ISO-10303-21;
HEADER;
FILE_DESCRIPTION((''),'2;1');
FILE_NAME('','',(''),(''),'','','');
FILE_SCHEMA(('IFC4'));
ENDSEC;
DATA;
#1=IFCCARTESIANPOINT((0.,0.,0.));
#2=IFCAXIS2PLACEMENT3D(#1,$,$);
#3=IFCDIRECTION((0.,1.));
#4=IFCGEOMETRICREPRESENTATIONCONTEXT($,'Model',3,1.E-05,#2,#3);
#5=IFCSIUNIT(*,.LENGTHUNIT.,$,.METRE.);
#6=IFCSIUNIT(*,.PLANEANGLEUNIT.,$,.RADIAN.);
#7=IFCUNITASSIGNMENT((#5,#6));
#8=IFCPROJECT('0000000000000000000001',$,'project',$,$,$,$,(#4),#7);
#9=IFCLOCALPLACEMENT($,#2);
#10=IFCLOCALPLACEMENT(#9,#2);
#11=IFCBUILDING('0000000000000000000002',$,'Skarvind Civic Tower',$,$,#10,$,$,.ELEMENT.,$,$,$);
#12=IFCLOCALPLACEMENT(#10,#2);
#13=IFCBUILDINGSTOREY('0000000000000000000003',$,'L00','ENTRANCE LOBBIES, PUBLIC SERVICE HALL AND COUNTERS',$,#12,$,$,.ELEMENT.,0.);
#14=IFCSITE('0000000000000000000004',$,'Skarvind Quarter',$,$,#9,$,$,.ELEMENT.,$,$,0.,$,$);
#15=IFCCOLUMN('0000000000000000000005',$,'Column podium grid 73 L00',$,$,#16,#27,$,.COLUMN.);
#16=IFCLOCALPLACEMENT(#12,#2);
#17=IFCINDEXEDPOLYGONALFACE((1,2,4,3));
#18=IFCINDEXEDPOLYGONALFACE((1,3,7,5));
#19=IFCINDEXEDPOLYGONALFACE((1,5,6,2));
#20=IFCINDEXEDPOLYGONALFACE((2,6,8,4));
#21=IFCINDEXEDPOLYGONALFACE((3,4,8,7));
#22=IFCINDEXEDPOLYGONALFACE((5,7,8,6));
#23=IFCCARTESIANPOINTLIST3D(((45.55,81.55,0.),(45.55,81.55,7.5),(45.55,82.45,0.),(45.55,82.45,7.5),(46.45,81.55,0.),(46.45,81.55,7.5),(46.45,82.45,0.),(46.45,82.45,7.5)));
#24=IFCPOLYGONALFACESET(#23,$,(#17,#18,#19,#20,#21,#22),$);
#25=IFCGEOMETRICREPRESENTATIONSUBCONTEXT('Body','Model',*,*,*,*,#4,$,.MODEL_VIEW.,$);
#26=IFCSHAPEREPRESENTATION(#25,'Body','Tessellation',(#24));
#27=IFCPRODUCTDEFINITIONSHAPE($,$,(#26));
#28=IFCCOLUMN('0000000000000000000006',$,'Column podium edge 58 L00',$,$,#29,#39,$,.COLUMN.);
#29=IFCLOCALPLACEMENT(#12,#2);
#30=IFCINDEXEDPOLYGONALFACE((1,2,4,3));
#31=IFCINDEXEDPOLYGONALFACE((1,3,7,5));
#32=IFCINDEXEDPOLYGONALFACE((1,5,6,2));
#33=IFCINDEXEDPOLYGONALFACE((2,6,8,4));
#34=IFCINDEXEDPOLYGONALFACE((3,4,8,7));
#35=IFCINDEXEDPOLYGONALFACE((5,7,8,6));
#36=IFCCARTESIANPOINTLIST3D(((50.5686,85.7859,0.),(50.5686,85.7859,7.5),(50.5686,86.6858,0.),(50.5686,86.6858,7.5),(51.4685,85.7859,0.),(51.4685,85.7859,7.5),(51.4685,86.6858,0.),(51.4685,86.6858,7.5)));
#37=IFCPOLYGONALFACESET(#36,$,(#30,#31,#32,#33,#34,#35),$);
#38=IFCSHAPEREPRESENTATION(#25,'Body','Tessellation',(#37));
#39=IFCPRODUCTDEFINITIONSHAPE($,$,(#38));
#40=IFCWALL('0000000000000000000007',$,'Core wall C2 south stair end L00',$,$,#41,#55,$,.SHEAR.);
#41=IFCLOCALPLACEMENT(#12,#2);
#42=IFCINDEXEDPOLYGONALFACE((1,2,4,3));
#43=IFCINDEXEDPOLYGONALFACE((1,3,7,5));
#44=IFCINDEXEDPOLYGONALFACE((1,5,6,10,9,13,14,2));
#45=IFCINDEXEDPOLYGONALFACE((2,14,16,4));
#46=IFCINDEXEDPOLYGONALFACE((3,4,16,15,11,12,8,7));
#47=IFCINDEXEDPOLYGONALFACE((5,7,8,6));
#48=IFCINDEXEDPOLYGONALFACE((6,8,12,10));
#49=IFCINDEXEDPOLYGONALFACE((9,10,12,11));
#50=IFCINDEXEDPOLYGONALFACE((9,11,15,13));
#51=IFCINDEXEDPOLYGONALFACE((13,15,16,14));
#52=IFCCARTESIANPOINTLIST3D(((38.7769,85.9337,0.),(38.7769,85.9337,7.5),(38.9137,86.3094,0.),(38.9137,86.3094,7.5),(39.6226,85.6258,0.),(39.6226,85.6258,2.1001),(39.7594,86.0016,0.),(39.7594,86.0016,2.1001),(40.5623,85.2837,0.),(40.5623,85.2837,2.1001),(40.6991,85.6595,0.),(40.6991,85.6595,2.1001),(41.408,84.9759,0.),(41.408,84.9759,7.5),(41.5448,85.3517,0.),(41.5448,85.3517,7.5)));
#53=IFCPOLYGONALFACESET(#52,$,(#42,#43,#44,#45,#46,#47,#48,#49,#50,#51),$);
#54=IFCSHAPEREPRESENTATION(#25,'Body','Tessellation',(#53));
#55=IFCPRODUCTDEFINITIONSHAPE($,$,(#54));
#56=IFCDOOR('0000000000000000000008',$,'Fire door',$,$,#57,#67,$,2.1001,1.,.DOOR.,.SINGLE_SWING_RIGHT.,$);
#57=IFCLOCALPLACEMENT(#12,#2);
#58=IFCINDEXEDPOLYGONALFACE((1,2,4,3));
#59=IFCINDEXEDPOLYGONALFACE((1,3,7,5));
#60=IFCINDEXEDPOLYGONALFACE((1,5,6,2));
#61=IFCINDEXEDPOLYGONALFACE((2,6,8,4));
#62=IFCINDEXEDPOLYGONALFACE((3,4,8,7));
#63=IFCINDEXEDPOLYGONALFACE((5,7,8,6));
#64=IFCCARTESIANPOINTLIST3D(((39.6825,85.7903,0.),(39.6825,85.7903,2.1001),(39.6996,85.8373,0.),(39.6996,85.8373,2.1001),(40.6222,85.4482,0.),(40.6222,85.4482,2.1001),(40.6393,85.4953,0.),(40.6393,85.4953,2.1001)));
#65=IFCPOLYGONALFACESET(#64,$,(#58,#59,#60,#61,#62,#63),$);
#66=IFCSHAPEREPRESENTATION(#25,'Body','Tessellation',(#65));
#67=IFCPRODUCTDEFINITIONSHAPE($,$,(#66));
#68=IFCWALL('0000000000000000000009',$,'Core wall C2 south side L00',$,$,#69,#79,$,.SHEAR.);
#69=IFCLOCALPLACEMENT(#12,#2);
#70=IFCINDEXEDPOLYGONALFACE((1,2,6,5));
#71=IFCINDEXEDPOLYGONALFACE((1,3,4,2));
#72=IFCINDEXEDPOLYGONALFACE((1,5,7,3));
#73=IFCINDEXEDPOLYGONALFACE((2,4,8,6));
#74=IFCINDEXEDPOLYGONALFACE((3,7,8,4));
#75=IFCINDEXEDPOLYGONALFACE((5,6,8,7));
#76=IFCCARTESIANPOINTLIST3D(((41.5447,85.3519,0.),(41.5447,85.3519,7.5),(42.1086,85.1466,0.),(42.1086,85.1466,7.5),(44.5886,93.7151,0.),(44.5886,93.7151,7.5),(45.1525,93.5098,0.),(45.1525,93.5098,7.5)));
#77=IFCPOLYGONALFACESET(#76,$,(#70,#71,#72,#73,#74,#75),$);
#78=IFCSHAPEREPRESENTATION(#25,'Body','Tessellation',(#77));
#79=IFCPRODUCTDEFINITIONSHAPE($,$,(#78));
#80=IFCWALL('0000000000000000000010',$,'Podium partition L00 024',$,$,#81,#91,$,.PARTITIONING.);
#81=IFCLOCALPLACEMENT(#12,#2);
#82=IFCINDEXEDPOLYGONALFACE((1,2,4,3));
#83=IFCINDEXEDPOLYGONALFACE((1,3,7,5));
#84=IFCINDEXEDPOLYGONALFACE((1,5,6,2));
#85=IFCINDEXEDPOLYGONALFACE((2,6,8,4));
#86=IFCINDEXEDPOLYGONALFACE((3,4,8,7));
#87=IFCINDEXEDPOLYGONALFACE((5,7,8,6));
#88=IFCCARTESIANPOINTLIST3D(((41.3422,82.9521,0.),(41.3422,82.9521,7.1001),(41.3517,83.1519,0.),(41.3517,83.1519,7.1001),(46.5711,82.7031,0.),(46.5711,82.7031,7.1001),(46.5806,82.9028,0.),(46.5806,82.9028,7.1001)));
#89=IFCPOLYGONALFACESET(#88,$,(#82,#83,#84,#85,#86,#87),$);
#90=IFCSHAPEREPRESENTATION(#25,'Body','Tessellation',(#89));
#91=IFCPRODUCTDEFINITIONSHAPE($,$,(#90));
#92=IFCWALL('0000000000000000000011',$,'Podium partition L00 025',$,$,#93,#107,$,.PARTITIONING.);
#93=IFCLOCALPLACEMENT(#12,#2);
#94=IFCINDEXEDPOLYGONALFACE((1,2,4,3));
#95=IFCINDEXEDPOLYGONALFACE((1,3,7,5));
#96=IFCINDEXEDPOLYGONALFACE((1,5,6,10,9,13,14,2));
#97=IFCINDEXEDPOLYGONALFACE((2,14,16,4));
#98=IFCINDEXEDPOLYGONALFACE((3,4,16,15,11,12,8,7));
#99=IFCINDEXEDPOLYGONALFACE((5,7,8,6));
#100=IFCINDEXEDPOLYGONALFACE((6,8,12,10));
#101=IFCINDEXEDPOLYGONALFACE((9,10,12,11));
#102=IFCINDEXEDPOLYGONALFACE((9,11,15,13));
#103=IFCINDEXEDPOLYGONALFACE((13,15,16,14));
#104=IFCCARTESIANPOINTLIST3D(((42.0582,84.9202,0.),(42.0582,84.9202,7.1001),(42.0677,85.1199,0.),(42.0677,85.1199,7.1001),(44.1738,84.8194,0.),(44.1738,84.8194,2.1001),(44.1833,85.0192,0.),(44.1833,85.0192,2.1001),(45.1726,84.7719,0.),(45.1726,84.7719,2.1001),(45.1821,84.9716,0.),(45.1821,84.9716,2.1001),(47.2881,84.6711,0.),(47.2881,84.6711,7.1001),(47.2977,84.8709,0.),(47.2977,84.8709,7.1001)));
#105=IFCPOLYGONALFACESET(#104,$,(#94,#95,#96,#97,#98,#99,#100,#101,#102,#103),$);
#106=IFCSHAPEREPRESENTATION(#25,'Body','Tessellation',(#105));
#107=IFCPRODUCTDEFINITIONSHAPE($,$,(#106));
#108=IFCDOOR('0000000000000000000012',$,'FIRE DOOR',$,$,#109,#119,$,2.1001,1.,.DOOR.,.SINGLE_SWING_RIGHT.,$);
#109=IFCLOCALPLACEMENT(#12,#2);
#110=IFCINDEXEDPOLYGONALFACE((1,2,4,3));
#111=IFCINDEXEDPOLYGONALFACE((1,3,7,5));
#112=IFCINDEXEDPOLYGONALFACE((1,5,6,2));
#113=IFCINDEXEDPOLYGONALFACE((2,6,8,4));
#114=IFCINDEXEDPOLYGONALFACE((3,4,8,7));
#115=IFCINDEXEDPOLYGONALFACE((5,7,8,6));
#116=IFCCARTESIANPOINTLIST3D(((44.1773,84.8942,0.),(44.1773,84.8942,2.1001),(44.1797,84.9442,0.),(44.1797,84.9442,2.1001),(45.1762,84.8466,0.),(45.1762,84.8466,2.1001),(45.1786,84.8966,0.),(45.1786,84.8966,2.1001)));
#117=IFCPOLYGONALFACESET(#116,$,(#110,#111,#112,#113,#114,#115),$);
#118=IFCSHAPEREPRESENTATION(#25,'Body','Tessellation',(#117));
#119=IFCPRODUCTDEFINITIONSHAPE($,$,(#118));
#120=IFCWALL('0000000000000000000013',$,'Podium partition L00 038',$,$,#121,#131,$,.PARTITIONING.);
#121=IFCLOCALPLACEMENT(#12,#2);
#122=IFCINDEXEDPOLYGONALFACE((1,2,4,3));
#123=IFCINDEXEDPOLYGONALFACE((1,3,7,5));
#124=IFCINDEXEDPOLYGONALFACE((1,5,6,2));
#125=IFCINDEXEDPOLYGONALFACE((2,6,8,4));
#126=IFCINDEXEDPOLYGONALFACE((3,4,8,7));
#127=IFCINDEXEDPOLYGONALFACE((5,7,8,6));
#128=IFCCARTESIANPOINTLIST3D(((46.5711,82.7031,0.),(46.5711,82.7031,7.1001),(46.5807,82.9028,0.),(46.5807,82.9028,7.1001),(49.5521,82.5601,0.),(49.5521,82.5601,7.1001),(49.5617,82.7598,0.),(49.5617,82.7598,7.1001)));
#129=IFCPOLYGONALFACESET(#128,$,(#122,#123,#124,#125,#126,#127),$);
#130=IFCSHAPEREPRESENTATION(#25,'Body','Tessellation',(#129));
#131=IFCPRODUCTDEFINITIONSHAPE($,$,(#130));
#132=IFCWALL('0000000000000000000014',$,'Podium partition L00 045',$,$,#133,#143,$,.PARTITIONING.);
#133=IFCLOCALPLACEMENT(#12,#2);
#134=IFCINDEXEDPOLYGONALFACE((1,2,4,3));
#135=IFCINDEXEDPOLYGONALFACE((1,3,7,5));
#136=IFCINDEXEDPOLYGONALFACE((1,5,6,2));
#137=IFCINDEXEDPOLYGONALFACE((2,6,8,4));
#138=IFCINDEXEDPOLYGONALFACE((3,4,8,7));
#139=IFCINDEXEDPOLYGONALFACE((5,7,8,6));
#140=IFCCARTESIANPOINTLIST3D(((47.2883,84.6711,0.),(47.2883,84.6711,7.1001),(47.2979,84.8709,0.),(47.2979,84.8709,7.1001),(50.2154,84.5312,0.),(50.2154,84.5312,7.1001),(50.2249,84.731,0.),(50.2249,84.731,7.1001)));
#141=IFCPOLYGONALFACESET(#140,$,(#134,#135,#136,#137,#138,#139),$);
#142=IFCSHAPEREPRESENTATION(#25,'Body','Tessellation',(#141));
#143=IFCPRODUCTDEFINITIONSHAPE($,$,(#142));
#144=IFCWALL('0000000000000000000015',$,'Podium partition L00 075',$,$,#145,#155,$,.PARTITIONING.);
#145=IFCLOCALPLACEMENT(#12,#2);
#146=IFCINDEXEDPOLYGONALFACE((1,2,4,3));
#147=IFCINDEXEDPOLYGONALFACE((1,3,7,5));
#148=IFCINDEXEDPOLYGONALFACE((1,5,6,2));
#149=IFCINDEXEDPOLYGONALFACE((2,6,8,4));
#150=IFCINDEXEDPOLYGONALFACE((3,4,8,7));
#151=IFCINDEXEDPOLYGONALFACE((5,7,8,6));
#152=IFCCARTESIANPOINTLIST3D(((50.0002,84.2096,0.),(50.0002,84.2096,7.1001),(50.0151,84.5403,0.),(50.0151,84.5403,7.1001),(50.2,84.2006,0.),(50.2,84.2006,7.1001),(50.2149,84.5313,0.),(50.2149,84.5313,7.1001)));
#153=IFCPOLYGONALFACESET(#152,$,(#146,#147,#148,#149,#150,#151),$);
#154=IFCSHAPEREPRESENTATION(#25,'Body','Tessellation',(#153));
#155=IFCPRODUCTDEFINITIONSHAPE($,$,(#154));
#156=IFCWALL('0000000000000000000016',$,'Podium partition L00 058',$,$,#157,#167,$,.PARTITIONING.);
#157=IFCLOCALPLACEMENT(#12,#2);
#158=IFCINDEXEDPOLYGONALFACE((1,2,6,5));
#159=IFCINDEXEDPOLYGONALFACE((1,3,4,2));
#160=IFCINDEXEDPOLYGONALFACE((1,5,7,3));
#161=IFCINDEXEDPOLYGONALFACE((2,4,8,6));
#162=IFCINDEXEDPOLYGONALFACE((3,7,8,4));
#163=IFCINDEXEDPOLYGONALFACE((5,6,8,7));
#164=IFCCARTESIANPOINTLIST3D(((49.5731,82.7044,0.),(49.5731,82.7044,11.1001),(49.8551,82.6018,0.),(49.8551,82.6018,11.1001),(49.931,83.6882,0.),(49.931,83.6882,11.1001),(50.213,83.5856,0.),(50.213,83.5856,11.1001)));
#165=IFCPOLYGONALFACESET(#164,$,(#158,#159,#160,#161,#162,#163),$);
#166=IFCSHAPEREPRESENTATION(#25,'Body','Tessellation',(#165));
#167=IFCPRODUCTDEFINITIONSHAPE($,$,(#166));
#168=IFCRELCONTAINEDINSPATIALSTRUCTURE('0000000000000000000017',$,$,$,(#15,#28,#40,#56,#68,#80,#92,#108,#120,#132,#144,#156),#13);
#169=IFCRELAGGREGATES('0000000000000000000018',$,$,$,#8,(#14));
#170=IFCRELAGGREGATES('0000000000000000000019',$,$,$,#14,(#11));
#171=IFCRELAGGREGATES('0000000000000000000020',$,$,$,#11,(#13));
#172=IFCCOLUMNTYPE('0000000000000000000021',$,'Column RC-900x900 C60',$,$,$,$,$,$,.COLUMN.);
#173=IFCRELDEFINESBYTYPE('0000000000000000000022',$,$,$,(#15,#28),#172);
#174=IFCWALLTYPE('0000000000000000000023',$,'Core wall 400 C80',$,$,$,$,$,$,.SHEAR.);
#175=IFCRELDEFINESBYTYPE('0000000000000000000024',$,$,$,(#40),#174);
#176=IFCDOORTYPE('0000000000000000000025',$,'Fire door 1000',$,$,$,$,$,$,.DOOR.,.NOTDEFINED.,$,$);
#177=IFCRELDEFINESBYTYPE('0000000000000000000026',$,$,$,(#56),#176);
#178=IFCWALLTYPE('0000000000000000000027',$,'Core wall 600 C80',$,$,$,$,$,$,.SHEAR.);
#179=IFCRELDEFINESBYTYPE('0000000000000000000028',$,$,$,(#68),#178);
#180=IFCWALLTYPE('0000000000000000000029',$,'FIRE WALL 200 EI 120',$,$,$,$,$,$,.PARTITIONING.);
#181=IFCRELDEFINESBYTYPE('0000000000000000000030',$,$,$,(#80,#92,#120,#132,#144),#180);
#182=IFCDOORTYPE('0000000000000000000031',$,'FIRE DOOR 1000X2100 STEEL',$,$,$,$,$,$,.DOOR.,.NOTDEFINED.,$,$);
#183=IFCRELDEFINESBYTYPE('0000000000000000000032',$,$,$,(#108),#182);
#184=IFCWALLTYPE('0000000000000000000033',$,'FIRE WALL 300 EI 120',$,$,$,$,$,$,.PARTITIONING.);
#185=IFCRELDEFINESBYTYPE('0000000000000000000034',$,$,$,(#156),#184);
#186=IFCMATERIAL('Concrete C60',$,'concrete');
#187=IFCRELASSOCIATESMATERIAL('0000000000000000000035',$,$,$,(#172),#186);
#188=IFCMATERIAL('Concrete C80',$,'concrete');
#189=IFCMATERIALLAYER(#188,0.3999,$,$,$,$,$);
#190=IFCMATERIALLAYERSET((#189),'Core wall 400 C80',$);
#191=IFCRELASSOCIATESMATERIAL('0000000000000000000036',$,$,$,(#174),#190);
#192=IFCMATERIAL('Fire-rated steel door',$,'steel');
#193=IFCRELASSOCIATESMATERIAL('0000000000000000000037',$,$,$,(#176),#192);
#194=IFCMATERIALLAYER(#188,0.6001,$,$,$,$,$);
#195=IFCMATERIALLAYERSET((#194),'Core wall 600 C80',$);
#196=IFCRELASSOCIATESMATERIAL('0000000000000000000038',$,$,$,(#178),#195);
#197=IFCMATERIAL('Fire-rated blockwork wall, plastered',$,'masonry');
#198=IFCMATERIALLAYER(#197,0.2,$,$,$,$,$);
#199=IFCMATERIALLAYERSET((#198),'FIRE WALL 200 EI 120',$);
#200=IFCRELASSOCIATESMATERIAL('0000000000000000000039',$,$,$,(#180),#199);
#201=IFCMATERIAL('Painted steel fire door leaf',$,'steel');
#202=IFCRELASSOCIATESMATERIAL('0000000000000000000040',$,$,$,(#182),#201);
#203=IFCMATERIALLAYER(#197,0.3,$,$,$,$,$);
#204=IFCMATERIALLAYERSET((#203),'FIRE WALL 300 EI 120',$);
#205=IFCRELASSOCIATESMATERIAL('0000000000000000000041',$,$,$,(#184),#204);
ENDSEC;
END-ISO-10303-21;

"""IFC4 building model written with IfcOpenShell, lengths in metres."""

from ifc_helpers import new_model, si_unit, direction, frame, frame_2d, origin, origin_2d, place, context, subcontext, project, spatial, rectangle, extrude, material, layer, layer_set, material_profile, profile_set, type_object, element, fill, save


model = new_model("IFC4")

# Units and contexts
model_context = context("Model", 3, precision=1e-05, world=origin(), true_north=direction((0.0, 1.0)))
body_context = subcontext(model_context, "Body", "Model", "MODEL_VIEW")
ifc_project = project(units=[si_unit("LENGTHUNIT", "METRE"), si_unit("PLANEANGLEUNIT", "RADIAN")], contexts=[model_context])

# Site, building, storey
site_placement = place(None, origin())
site = spatial("IfcSite", under=ifc_project, at=site_placement, Name="Skarvind Quarter", CompositionType="ELEMENT", RefElevation=0.0)
building_placement = place(site_placement, origin())
building = spatial("IfcBuilding", under=site, at=building_placement, Name="Skarvind Civic Tower", CompositionType="ELEMENT")
storey_placement = place(building_placement, origin())
storey = spatial("IfcBuildingStorey", under=building, at=storey_placement, Name="L00", Description="ENTRANCE LOBBIES, PUBLIC SERVICE HALL AND COUNTERS", CompositionType="ELEMENT", Elevation=0.0)

# Columns
ifc_material_1 = material(Name="Concrete C60", Category="concrete")
ifc_material_profile = material_profile(ifc_material_1, rectangle(XDim=0.8999, YDim=0.8999, at=origin_2d()), Name="RC-900x900")
ifc_profile_set = profile_set([ifc_material_profile], Name="Concrete C60")
column_type = type_object("IfcColumnType", Name="Column RC-900x900 C60", PredefinedType="COLUMN", material=ifc_profile_set)
for number, where, z_axis, x_axis, name in (
    (1, (46.0, 82.0, 0.0), (0.0, 0.0, 1.0), (1.0, 0.0, 0.0), "Column podium grid 73 L00"),
    (2, (51.0186, 86.2358, 0.0), (0.0, 0.0, 1.0), (1.0, 0.0, 0.0), "Column podium edge 58 L00"),
):
    element("IfcColumn", number, at=place(storey_placement, frame(where, z_axis=z_axis, x_axis=x_axis)), inside=storey, type_object=column_type, Name=name, PredefinedType="COLUMN", context=body_context, shape_type="SweptSolid", body=[
        extrude(rectangle(XDim=0.8999, YDim=0.8999, at=origin_2d()), origin(), (0.0, 0.0, 1.0), 7.5),
    ])

# Wall, opening, door
ifc_material_2 = material(Name="Concrete C80", Category="concrete")
ifc_layer_1 = layer(ifc_material_2, 0.3999)
ifc_layer_set_1 = layer_set([ifc_layer_1], Name="Core wall 400 C80")
wall_type_1 = type_object("IfcWallType", Name="Core wall 400 C80", PredefinedType="SHEAR", material=ifc_layer_set_1)
wall_1_placement = place(storey_placement, frame((41.4763, 85.1638, 0.0), z_axis=(0.0, 0.0, 1.0), x_axis=(-0.939679, 0.342058, 0.0)))
wall_1 = element("IfcWall", 3, at=wall_1_placement, inside=storey, type_object=wall_type_1, Name="Core wall C2 south stair end L00", PredefinedType="SHEAR", context=body_context, shape_type="SweptSolid", body=[
    extrude(rectangle(XDim=2.8, YDim=0.3999, at=frame_2d((1.3999, 0.0))), origin(), (0.0, 0.0, 1.0), 7.5),
])
opening_1_placement = place(wall_1_placement, frame((0.8999, 0.0, 0.0)))
opening_1 = element("IfcOpeningElement", 4, at=opening_1_placement, cuts=wall_1, PredefinedType="OPENING", context=body_context, shape_type="SweptSolid", body=[
    extrude(rectangle(XDim=1.0, YDim=2.1001, at=frame_2d((0.5, 1.05))), frame((0.0, 0.21, 0.0), z_axis=(0.0, -1.0, 0.0), x_axis=(1.0, 0.0, 0.0)), (0.0, 0.0, 1.0), 0.4199),
])
ifc_material_3 = material(Name="Fire-rated steel door", Category="steel")
door_type_1 = type_object("IfcDoorType", Name="Fire door 1000", OperationType="NOTDEFINED", PredefinedType="DOOR", material=ifc_material_3)
door_1_placement = place(opening_1_placement, origin())
door_1 = element("IfcDoor", 5, at=door_1_placement, inside=storey, type_object=door_type_1, Name="Fire door", OperationType="SINGLE_SWING_RIGHT", OverallHeight=2.1001, OverallWidth=1.0, PredefinedType="DOOR", context=body_context, shape_type="SweptSolid", body=[
    extrude(rectangle(XDim=1.0, YDim=2.1001, at=frame_2d((0.5, 1.05))), frame((0.0, 0.0249, 0.0), z_axis=(0.0, -1.0, 0.0), x_axis=(1.0, 0.0, 0.0)), (0.0, 0.0, 1.0), 0.05),
])
fill(opening_1, door_1)

# Walls
ifc_layer_2 = layer(ifc_material_2, 0.6001)
ifc_layer_set_2 = layer_set([ifc_layer_2], Name="Core wall 600 C80")
wall_type_2 = type_object("IfcWallType", Name="Core wall 600 C80", PredefinedType="SHEAR", material=ifc_layer_set_2)
wall_2_placement = place(storey_placement, frame((41.8267, 85.2493, 0.0), z_axis=(0.0, 0.0, 1.0), x_axis=(0.342016, 0.939694, 0.0)))
element("IfcWall", 6, at=wall_2_placement, inside=storey, type_object=wall_type_2, Name="Core wall C2 south side L00", PredefinedType="SHEAR", context=body_context, shape_type="SweptSolid", body=[
    extrude(rectangle(XDim=8.8999, YDim=0.6001, at=frame_2d((4.45, 0.0))), origin(), (0.0, 0.0, 1.0), 7.5),
])
ifc_material_4 = material(Name="Fire-rated blockwork wall, plastered", Category="masonry")
ifc_layer_3 = layer(ifc_material_4, 0.2)
ifc_layer_set_3 = layer_set([ifc_layer_3], Name="FIRE WALL 200 EI 120")
wall_type_3 = type_object("IfcWallType", Name="FIRE WALL 200 EI 120", PredefinedType="PARTITIONING", material=ifc_layer_set_3)
wall_3_placement = place(storey_placement, frame((41.3469, 83.052, 0.0), z_axis=(0.0, 0.0, 1.0), x_axis=(0.998868, -0.04757, 0.0)))
element("IfcWall", 7, at=wall_3_placement, inside=storey, type_object=wall_type_3, Name="Podium partition L00 024", PredefinedType="PARTITIONING", context=body_context, shape_type="SweptSolid", body=[
    extrude(rectangle(XDim=5.2349, YDim=0.2, at=frame_2d((2.6174, 0.0))), origin(), (0.0, 0.0, 1.0), 7.1001),
])

# Wall, opening, door
wall_4_placement = place(storey_placement, frame((42.063, 85.02, 0.0), z_axis=(0.0, 0.0, 1.0), x_axis=(0.998868, -0.047561, 0.0)))
wall_4 = element("IfcWall", 8, at=wall_4_placement, inside=storey, type_object=wall_type_3, Name="Podium partition L00 025", PredefinedType="PARTITIONING", context=body_context, shape_type="SweptSolid", body=[
    extrude(rectangle(XDim=5.2358, YDim=0.2, at=frame_2d((2.6179, 0.0))), origin(), (0.0, 0.0, 1.0), 7.1001),
])
opening_2_placement = place(wall_4_placement, frame((2.1179, 0.0, 0.0)))
opening_2 = element("IfcOpeningElement", 9, at=opening_2_placement, cuts=wall_4, PredefinedType="OPENING", context=body_context, shape_type="SweptSolid", body=[
    extrude(rectangle(XDim=1.0, YDim=2.1001, at=frame_2d((0.5, 1.05))), frame((0.0, 0.1099, 0.0), z_axis=(0.0, -1.0, 0.0), x_axis=(1.0, 0.0, 0.0)), (0.0, 0.0, 1.0), 0.22),
])
ifc_material_5 = material(Name="Painted steel fire door leaf", Category="steel")
door_type_2 = type_object("IfcDoorType", Name="FIRE DOOR 1000X2100 STEEL", OperationType="NOTDEFINED", PredefinedType="DOOR", material=ifc_material_5)
door_2_placement = place(opening_2_placement, origin())
door_2 = element("IfcDoor", 10, at=door_2_placement, inside=storey, type_object=door_type_2, Name="FIRE DOOR", OperationType="SINGLE_SWING_RIGHT", OverallHeight=2.1001, OverallWidth=1.0, PredefinedType="DOOR", context=body_context, shape_type="SweptSolid", body=[
    extrude(rectangle(XDim=1.0, YDim=2.1001, at=frame_2d((0.5, 1.05))), frame((0.0, 0.0249, 0.0), z_axis=(0.0, -1.0, 0.0), x_axis=(1.0, 0.0, 0.0)), (0.0, 0.0, 1.0), 0.05),
])
fill(opening_2, door_2)

# Walls
wall_5_placement = place(storey_placement, frame((46.5759, 82.803, 0.0), z_axis=(0.0, 0.0, 1.0), x_axis=(0.99885, -0.047938, 0.0)))
element("IfcWall", 11, at=wall_5_placement, inside=storey, type_object=wall_type_3, Name="Podium partition L00 038", PredefinedType="PARTITIONING", context=body_context, shape_type="SweptSolid", body=[
    extrude(rectangle(XDim=2.9844, YDim=0.2, at=frame_2d((1.4922, 0.0))), origin(), (0.0, 0.0, 1.0), 7.1001),
])
wall_6_placement = place(storey_placement, frame((47.293, 84.771, 0.0), z_axis=(0.0, 0.0, 1.0), x_axis=(0.99886, -0.047739, 0.0)))
element("IfcWall", 12, at=wall_6_placement, inside=storey, type_object=wall_type_3, Name="Podium partition L00 045", PredefinedType="PARTITIONING", context=body_context, shape_type="SweptSolid", body=[
    extrude(rectangle(XDim=2.9304, YDim=0.2, at=frame_2d((1.4653, 0.0))), origin(), (0.0, 0.0, 1.0), 7.1001),
])
wall_7_placement = place(storey_placement, frame((50.1001, 84.2051, 0.0), z_axis=(0.0, 0.0, 1.0), x_axis=(0.044973, 0.998988, 0.0)))
element("IfcWall", 13, at=wall_7_placement, inside=storey, type_object=wall_type_3, Name="Podium partition L00 075", PredefinedType="PARTITIONING", context=body_context, shape_type="SweptSolid", body=[
    extrude(rectangle(XDim=0.3311, YDim=0.2, at=frame_2d((0.1655, 0.0))), origin(), (0.0, 0.0, 1.0), 7.1001),
])
ifc_layer_4 = layer(ifc_material_4, 0.3)
ifc_layer_set_4 = layer_set([ifc_layer_4], Name="FIRE WALL 300 EI 120")
wall_type_4 = type_object("IfcWallType", Name="FIRE WALL 300 EI 120", PredefinedType="PARTITIONING", material=ifc_layer_set_4)
wall_8_placement = place(storey_placement, frame((49.7141, 82.6531, 0.0), z_axis=(0.0, 0.0, 1.0), x_axis=(0.341855, 0.939753, 0.0)))
element("IfcWall", 14, at=wall_8_placement, inside=storey, type_object=wall_type_4, Name="Podium partition L00 058", PredefinedType="PARTITIONING", context=body_context, shape_type="SweptSolid", body=[
    extrude(rectangle(XDim=1.0469, YDim=0.3, at=frame_2d((0.5234, 0.0))), origin(), (0.0, 0.0, 1.0), 11.1001),
])

save(model, "model.ifc")
